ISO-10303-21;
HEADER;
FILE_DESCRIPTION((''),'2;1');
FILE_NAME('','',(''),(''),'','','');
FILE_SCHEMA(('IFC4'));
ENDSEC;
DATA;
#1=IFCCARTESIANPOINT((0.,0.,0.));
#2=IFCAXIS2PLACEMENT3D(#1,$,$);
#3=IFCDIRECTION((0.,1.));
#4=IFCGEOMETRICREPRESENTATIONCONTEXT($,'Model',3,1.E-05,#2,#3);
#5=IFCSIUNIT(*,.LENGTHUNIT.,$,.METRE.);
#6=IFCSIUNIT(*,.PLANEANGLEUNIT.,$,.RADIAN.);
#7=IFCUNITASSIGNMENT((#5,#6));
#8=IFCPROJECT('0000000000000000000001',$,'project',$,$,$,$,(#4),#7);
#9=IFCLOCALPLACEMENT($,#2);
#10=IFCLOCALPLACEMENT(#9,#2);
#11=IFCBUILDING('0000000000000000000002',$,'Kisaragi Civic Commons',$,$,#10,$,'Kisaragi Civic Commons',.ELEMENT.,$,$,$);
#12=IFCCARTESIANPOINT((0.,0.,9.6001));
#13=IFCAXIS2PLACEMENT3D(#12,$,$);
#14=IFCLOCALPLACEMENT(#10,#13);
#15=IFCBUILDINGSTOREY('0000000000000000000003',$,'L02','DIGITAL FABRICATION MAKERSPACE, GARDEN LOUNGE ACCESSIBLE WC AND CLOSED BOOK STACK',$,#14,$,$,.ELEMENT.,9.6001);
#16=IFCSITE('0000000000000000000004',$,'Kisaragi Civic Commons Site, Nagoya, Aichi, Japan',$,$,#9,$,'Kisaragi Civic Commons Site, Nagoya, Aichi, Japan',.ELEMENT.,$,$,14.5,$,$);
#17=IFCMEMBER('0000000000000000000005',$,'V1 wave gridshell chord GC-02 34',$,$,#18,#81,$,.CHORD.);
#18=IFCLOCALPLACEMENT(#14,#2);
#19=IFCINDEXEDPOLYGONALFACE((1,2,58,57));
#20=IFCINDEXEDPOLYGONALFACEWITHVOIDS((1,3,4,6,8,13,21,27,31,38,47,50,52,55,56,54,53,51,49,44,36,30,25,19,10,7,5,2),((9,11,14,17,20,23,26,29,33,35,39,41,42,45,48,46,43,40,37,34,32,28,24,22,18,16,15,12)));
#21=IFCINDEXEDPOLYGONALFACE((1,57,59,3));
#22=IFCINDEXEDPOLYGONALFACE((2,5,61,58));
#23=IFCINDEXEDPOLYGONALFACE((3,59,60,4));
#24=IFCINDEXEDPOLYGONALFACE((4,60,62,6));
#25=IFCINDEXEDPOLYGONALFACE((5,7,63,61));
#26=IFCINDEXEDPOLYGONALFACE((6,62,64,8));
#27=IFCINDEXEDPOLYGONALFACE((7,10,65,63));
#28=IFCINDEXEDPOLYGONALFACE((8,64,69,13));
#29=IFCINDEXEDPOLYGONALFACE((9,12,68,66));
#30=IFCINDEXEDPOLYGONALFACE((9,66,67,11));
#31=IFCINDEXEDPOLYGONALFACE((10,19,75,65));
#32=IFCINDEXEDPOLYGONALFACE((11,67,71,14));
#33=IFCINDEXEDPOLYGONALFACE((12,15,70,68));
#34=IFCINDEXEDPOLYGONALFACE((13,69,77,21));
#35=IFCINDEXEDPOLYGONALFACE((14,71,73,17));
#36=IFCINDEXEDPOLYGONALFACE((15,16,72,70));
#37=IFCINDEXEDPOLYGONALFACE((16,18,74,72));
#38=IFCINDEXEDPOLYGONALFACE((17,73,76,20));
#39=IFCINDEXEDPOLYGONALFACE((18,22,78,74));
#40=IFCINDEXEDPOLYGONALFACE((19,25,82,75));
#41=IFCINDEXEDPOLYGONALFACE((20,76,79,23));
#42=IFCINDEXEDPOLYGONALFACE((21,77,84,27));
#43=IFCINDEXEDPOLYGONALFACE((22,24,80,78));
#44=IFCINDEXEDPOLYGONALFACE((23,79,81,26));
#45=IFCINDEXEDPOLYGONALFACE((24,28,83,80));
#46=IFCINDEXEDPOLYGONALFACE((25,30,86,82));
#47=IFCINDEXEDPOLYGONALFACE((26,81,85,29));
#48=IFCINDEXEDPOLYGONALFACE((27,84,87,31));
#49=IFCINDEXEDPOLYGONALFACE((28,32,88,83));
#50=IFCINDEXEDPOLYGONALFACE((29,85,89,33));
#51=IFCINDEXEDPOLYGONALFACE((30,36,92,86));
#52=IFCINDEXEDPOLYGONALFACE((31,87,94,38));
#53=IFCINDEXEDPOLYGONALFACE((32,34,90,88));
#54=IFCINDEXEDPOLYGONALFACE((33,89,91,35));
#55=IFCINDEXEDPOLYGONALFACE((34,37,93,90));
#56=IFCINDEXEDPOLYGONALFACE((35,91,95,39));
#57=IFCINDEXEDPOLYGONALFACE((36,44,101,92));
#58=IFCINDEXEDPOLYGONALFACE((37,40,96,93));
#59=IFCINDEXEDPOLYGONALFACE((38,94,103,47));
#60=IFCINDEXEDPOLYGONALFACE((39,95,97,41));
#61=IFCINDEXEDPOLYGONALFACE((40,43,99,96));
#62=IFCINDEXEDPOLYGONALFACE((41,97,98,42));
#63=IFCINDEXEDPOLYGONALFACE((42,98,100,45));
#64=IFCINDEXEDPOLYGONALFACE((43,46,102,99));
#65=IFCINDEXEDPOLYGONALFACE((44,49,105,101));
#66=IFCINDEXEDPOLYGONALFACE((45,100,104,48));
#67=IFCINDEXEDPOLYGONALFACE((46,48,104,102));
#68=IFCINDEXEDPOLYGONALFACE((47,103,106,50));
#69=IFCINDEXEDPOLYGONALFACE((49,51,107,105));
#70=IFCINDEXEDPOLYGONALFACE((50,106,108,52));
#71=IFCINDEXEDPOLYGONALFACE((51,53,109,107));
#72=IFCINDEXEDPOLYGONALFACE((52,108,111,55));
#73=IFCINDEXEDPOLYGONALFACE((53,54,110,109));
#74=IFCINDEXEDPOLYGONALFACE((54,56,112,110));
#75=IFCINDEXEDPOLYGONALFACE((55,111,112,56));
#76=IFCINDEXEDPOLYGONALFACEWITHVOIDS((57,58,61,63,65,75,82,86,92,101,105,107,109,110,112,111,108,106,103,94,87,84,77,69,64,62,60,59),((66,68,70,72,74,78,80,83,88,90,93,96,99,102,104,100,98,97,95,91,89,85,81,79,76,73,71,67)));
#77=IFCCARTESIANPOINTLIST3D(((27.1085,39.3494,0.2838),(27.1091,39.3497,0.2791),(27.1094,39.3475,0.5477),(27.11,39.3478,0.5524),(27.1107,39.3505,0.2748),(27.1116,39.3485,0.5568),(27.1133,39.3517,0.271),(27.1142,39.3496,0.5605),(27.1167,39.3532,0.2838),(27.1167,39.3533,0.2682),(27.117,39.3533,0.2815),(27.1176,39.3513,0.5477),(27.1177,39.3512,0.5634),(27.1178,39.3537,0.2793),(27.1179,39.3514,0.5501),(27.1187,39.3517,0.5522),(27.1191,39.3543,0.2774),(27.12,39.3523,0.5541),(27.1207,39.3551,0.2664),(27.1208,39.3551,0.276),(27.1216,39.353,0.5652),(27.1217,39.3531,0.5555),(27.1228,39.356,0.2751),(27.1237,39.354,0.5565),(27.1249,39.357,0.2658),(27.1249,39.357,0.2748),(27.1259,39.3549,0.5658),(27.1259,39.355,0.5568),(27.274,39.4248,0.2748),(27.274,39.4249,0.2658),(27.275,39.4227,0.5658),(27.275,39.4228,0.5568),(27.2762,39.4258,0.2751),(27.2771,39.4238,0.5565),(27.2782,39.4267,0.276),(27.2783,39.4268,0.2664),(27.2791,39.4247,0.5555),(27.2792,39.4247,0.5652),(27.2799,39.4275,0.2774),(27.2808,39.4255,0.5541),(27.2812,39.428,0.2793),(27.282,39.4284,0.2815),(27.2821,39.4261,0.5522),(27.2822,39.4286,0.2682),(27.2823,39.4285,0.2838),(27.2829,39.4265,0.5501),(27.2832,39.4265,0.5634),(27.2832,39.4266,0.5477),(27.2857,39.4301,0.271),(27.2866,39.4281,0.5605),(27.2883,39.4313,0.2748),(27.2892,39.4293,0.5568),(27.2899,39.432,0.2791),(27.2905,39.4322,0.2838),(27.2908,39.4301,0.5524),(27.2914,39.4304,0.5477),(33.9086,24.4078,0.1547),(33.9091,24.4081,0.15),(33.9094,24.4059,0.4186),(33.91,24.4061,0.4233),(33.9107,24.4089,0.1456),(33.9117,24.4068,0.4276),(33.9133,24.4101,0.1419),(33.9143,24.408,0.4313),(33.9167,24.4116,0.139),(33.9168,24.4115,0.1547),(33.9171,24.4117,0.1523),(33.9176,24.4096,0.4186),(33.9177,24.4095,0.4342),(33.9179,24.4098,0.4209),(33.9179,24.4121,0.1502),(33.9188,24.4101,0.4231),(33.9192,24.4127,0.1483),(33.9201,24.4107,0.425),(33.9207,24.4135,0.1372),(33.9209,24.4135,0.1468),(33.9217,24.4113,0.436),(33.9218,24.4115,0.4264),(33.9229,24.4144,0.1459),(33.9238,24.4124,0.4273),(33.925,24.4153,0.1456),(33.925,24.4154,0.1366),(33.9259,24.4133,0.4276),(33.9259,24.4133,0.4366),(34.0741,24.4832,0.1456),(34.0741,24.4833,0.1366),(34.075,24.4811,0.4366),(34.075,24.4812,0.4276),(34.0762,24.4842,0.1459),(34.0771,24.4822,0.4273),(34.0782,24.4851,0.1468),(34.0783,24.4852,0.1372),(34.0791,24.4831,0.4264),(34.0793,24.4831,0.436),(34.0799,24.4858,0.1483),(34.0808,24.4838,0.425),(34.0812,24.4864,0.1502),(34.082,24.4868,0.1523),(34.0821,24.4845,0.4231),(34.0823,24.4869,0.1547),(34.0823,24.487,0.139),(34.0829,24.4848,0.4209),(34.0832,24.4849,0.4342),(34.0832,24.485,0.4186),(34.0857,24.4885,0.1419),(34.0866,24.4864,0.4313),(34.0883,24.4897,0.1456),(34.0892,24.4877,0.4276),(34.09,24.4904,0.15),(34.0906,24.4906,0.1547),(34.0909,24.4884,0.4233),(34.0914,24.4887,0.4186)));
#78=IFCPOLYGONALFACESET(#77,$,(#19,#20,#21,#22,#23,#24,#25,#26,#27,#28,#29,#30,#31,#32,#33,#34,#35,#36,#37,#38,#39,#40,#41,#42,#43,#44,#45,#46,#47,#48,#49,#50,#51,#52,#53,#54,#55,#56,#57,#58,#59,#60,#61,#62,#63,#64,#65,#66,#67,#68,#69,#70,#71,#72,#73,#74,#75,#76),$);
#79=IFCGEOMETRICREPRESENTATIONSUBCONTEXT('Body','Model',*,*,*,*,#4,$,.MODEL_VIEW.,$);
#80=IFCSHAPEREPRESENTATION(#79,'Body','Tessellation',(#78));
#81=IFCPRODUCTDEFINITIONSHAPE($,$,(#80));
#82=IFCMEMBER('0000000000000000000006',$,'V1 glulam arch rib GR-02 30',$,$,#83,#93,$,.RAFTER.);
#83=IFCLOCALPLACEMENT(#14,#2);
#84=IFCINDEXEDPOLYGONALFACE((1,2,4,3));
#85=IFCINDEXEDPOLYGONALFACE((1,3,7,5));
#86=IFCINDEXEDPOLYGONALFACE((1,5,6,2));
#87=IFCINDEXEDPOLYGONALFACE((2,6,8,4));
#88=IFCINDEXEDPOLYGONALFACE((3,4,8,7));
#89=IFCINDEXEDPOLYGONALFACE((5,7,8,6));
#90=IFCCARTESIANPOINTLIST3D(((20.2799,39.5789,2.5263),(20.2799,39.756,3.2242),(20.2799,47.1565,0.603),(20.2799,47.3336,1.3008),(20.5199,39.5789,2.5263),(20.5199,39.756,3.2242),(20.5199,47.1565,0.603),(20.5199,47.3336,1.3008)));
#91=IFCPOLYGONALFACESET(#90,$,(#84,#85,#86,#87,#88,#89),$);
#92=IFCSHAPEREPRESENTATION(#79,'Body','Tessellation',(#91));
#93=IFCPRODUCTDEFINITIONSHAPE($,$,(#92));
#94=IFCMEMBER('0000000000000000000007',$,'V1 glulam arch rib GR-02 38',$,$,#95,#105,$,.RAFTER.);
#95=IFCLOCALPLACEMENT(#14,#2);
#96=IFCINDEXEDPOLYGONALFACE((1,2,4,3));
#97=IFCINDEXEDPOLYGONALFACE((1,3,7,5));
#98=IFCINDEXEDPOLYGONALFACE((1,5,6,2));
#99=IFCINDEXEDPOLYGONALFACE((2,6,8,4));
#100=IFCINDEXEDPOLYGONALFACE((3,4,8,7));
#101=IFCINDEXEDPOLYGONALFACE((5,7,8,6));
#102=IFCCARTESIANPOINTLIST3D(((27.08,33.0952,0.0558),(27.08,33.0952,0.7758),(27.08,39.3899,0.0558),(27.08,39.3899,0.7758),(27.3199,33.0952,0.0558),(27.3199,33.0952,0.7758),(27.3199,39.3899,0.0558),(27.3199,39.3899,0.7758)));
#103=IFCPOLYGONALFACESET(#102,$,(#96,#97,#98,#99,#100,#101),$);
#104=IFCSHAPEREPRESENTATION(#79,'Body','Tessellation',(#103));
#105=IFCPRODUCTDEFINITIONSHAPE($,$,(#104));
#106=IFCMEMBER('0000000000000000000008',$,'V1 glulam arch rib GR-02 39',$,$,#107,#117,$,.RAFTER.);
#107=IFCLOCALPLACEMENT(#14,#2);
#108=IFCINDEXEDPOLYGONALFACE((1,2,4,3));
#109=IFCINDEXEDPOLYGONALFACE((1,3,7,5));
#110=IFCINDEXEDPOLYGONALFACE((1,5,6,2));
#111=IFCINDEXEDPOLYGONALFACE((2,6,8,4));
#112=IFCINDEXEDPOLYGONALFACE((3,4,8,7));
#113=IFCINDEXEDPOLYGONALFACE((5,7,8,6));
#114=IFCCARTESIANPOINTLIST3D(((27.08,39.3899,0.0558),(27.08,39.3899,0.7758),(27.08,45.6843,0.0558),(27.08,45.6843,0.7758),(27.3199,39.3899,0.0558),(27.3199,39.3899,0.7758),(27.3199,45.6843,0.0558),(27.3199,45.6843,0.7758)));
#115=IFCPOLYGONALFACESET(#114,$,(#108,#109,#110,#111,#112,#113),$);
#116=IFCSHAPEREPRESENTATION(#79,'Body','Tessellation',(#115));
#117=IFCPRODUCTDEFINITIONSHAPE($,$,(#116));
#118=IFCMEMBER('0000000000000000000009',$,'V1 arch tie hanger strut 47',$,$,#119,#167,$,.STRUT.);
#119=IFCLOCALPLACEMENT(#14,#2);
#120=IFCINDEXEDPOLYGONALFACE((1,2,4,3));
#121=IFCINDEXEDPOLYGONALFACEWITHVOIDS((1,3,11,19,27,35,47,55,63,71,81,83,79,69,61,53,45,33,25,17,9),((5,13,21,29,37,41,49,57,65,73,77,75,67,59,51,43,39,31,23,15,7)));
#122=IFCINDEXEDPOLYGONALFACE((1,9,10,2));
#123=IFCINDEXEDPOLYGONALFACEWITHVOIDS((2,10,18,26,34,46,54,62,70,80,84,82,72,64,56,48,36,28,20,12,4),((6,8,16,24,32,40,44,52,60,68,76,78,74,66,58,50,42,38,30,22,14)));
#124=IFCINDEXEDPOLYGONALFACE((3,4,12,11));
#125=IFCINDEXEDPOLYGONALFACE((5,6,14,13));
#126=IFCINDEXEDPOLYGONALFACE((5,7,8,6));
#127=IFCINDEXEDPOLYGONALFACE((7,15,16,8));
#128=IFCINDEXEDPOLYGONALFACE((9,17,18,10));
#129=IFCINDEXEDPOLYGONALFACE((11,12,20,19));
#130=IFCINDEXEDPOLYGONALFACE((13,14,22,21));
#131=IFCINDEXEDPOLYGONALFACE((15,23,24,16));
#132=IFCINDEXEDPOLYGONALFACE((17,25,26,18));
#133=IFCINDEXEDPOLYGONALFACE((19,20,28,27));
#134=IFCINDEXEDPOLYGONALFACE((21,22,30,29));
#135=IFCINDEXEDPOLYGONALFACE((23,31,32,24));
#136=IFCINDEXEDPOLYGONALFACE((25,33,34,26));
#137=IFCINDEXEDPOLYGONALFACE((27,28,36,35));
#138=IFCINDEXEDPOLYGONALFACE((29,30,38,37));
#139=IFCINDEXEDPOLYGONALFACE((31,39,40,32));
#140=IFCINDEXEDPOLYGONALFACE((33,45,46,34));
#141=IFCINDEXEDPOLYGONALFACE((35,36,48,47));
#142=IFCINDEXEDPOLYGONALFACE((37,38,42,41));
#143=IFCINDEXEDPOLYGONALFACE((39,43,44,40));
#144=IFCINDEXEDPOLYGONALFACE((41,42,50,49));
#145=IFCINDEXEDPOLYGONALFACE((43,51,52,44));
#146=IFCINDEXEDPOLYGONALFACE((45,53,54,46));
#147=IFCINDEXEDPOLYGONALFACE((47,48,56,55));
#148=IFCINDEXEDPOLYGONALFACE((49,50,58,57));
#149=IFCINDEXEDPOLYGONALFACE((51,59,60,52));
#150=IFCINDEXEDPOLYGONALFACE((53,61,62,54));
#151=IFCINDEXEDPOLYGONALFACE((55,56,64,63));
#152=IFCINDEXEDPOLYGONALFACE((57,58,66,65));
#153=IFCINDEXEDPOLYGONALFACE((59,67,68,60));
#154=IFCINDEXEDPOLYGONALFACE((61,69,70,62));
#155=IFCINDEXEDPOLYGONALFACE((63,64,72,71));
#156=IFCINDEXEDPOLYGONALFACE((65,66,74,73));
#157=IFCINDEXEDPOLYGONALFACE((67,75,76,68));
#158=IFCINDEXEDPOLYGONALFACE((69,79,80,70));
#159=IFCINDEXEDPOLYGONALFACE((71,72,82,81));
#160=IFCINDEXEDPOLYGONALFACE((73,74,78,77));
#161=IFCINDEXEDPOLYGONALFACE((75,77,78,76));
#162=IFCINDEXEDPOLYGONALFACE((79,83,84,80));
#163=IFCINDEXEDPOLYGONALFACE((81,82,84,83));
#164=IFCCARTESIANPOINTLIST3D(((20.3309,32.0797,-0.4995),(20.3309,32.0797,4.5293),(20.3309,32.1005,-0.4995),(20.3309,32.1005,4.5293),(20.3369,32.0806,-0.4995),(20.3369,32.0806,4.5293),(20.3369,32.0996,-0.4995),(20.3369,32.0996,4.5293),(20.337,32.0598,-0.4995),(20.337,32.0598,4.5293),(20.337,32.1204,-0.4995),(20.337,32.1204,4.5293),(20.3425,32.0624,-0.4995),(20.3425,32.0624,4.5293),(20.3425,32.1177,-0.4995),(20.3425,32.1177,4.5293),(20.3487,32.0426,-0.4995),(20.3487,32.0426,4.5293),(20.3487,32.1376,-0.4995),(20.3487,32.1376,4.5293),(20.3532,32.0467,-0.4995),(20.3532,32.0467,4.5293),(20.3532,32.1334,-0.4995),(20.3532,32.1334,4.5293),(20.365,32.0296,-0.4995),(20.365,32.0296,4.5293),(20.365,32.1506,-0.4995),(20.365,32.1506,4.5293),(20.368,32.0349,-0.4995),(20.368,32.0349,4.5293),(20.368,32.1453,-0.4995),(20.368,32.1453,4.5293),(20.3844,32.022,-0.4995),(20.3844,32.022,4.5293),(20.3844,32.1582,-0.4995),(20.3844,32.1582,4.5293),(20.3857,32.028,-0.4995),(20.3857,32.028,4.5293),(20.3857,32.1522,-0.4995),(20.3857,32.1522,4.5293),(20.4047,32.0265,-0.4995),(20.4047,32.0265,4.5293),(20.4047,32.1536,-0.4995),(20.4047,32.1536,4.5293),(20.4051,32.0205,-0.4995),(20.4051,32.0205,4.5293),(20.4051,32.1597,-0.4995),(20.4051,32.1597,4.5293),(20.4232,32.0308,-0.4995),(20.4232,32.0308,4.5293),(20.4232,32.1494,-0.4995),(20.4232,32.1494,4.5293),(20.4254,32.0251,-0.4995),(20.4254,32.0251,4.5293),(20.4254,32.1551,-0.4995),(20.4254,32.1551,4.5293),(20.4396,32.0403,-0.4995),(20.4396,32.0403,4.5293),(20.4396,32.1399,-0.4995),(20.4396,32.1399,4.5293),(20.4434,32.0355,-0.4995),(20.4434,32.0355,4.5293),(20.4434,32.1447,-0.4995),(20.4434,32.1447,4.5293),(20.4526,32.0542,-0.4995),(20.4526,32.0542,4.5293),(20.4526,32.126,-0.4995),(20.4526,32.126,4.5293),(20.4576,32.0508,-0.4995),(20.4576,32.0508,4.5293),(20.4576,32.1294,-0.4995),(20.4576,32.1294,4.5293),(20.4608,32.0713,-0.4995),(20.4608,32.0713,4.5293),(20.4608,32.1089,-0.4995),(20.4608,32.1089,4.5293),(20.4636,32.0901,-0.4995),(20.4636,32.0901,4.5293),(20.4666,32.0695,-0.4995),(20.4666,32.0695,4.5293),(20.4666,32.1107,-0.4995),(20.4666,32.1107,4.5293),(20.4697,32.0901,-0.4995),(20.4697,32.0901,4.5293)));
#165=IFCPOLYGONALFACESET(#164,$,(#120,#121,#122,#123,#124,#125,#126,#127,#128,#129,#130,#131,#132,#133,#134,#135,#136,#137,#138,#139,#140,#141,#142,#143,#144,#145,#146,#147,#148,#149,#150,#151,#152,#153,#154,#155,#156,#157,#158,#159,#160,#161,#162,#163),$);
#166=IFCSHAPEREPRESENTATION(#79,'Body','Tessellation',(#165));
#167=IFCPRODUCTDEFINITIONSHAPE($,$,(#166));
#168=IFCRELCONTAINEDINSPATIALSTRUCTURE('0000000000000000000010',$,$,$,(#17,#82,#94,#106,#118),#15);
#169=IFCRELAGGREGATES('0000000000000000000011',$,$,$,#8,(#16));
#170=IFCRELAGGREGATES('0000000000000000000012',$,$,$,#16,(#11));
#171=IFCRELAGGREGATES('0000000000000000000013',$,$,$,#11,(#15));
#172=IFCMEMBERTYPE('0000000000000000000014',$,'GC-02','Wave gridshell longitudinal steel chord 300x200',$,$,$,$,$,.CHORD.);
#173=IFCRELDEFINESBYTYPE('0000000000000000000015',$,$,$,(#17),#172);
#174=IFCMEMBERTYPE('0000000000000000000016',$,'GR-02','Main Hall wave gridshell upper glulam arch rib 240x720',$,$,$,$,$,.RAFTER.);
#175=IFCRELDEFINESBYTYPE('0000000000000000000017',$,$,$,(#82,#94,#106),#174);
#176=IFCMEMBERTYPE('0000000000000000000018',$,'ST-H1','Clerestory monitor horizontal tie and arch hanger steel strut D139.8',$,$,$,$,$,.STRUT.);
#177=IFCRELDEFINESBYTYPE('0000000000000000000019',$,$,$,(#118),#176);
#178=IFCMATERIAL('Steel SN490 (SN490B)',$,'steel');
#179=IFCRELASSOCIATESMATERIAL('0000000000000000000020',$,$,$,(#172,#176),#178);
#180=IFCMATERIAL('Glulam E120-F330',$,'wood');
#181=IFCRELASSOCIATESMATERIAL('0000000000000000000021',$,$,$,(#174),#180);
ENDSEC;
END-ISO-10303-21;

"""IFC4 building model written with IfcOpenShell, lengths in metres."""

from ifc_helpers import new_model, si_unit, direction, frame, origin, origin_2d, place, context, subcontext, project, spatial, rectangle, hollow_rectangle, hollow_circle, extrude, material, material_profile, profile_set, type_object, element, save


model = new_model("IFC4")

# Units and contexts
model_context = context("Model", 3, precision=1e-05, world=origin(), true_north=direction((0.0, 1.0)))
body_context = subcontext(model_context, "Body", "Model", "MODEL_VIEW")
ifc_project = project(units=[si_unit("LENGTHUNIT", "METRE"), si_unit("PLANEANGLEUNIT", "RADIAN")], contexts=[model_context])

# Site, building, storey
site_placement = place(None, origin())
site = spatial("IfcSite", under=ifc_project, at=site_placement, Name="Kisaragi Civic Commons Site, Nagoya, Aichi, Japan", LongName="Kisaragi Civic Commons Site, Nagoya, Aichi, Japan", CompositionType="ELEMENT", RefElevation=14.5)
building_placement = place(site_placement, origin())
building = spatial("IfcBuilding", under=site, at=building_placement, Name="Kisaragi Civic Commons", LongName="Kisaragi Civic Commons", CompositionType="ELEMENT")
storey_placement = place(building_placement, frame((0.0, 0.0, 9.6001)))
storey = spatial("IfcBuildingStorey", under=building, at=storey_placement, Name="L02", Description="DIGITAL FABRICATION MAKERSPACE, GARDEN LOUNGE ACCESSIBLE WC AND CLOSED BOOK STACK", CompositionType="ELEMENT", Elevation=9.6001)

# Members
ifc_material_1 = material(Name="Steel SN490 (SN490B)", Category="steel")
ifc_material_profile_1 = material_profile(ifc_material_1, hollow_rectangle(XDim=0.2, YDim=0.3, WallThickness=0.009, InnerFilletRadius=0.009, OuterFilletRadius=0.0181, at=origin_2d()), Name="STKR-300x200x9", Category="steel")
ifc_profile_set_1 = profile_set([ifc_material_profile_1], Name="Steel SN490 (SN490B)")
member_type_1 = type_object("IfcMemberType", Name="GC-02", Description="Wave gridshell longitudinal steel chord 300x200", PredefinedType="CHORD", material=ifc_profile_set_1)
member_1_placement = place(storey_placement, frame((27.2, 39.3899, 0.4158), z_axis=(0.414214, -0.910146, -0.007867), x_axis=(0.910174, 0.414226, 0.0)))
element("IfcMember", 1, at=member_1_placement, inside=storey, type_object=member_type_1, Name="V1 wave gridshell chord GC-02 34", PredefinedType="CHORD", context=body_context, shape_type="SweptSolid", body=[
    extrude(hollow_rectangle(XDim=0.2, YDim=0.3, WallThickness=0.009, InnerFilletRadius=0.009, OuterFilletRadius=0.0181, at=origin_2d()), origin(), (0.0, 0.0, 1.0), 16.4167),
])
ifc_material_2 = material(Name="Glulam E120-F330", Category="wood")
ifc_material_profile_2 = material_profile(ifc_material_2, rectangle(XDim=0.24, YDim=0.72, at=origin_2d()), Name="GL-240x720", Category="wood")
ifc_profile_set_2 = profile_set([ifc_material_profile_2], Name="Glulam E120-F330")
member_type_2 = type_object("IfcMemberType", Name="GR-02", Description="Main Hall wave gridshell upper glulam arch rib 240x720", PredefinedType="RAFTER", material=ifc_profile_set_2)
member_2_placement = place(storey_placement, frame((20.3999, 39.6675, 2.8752), z_axis=(0.0, 0.969266, -0.246017), x_axis=(-1.0, 0.0, 0.0)))
element("IfcMember", 2, at=member_2_placement, inside=storey, type_object=member_type_2, Name="V1 glulam arch rib GR-02 30", PredefinedType="RAFTER", context=body_context, shape_type="SweptSolid", body=[
    extrude(rectangle(XDim=0.24, YDim=0.72, at=origin_2d()), origin(), (0.0, 0.0, 1.0), 7.8179),
])
member_3_placement = place(storey_placement, frame((27.2, 33.0952, 0.4158), z_axis=(0.0, 1.0, 0.0), x_axis=(-1.0, 0.0, 0.0)))
element("IfcMember", 3, at=member_3_placement, inside=storey, type_object=member_type_2, Name="V1 glulam arch rib GR-02 38", PredefinedType="RAFTER", context=body_context, shape_type="SweptSolid", body=[
    extrude(rectangle(XDim=0.24, YDim=0.72, at=origin_2d()), origin(), (0.0, 0.0, 1.0), 6.2947),
])
member_4_placement = place(storey_placement, frame((27.2, 39.3899, 0.4158), z_axis=(0.0, 1.0, 0.0), x_axis=(-1.0, 0.0, 0.0)))
element("IfcMember", 4, at=member_4_placement, inside=storey, type_object=member_type_2, Name="V1 glulam arch rib GR-02 39", PredefinedType="RAFTER", context=body_context, shape_type="SweptSolid", body=[
    extrude(rectangle(XDim=0.24, YDim=0.72, at=origin_2d()), origin(), (0.0, 0.0, 1.0), 6.2944),
])
ifc_material_profile_3 = material_profile(ifc_material_1, hollow_circle(Radius=0.0698, WallThickness=0.0061, at=origin_2d()), Name="CHS-139.8x6.0", Category="steel")
ifc_profile_set_3 = profile_set([ifc_material_profile_3], Name="Steel SN490 (SN490B)")
member_type_3 = type_object("IfcMemberType", Name="ST-H1", Description="Clerestory monitor horizontal tie and arch hanger steel strut D139.8", PredefinedType="STRUT", material=ifc_profile_set_3)
member_5_placement = place(storey_placement, frame((20.3999, 32.0901, -0.4995), z_axis=(0.0, 0.0, 1.0), x_axis=(1.0, 0.0, 0.0)))
element("IfcMember", 5, at=member_5_placement, inside=storey, type_object=member_type_3, Name="V1 arch tie hanger strut 47", PredefinedType="STRUT", context=body_context, shape_type="SweptSolid", body=[
    extrude(hollow_circle(Radius=0.0698, WallThickness=0.0061, at=origin_2d()), origin(), (0.0, 0.0, 1.0), 5.0288),
])

save(model, "model.ifc")
